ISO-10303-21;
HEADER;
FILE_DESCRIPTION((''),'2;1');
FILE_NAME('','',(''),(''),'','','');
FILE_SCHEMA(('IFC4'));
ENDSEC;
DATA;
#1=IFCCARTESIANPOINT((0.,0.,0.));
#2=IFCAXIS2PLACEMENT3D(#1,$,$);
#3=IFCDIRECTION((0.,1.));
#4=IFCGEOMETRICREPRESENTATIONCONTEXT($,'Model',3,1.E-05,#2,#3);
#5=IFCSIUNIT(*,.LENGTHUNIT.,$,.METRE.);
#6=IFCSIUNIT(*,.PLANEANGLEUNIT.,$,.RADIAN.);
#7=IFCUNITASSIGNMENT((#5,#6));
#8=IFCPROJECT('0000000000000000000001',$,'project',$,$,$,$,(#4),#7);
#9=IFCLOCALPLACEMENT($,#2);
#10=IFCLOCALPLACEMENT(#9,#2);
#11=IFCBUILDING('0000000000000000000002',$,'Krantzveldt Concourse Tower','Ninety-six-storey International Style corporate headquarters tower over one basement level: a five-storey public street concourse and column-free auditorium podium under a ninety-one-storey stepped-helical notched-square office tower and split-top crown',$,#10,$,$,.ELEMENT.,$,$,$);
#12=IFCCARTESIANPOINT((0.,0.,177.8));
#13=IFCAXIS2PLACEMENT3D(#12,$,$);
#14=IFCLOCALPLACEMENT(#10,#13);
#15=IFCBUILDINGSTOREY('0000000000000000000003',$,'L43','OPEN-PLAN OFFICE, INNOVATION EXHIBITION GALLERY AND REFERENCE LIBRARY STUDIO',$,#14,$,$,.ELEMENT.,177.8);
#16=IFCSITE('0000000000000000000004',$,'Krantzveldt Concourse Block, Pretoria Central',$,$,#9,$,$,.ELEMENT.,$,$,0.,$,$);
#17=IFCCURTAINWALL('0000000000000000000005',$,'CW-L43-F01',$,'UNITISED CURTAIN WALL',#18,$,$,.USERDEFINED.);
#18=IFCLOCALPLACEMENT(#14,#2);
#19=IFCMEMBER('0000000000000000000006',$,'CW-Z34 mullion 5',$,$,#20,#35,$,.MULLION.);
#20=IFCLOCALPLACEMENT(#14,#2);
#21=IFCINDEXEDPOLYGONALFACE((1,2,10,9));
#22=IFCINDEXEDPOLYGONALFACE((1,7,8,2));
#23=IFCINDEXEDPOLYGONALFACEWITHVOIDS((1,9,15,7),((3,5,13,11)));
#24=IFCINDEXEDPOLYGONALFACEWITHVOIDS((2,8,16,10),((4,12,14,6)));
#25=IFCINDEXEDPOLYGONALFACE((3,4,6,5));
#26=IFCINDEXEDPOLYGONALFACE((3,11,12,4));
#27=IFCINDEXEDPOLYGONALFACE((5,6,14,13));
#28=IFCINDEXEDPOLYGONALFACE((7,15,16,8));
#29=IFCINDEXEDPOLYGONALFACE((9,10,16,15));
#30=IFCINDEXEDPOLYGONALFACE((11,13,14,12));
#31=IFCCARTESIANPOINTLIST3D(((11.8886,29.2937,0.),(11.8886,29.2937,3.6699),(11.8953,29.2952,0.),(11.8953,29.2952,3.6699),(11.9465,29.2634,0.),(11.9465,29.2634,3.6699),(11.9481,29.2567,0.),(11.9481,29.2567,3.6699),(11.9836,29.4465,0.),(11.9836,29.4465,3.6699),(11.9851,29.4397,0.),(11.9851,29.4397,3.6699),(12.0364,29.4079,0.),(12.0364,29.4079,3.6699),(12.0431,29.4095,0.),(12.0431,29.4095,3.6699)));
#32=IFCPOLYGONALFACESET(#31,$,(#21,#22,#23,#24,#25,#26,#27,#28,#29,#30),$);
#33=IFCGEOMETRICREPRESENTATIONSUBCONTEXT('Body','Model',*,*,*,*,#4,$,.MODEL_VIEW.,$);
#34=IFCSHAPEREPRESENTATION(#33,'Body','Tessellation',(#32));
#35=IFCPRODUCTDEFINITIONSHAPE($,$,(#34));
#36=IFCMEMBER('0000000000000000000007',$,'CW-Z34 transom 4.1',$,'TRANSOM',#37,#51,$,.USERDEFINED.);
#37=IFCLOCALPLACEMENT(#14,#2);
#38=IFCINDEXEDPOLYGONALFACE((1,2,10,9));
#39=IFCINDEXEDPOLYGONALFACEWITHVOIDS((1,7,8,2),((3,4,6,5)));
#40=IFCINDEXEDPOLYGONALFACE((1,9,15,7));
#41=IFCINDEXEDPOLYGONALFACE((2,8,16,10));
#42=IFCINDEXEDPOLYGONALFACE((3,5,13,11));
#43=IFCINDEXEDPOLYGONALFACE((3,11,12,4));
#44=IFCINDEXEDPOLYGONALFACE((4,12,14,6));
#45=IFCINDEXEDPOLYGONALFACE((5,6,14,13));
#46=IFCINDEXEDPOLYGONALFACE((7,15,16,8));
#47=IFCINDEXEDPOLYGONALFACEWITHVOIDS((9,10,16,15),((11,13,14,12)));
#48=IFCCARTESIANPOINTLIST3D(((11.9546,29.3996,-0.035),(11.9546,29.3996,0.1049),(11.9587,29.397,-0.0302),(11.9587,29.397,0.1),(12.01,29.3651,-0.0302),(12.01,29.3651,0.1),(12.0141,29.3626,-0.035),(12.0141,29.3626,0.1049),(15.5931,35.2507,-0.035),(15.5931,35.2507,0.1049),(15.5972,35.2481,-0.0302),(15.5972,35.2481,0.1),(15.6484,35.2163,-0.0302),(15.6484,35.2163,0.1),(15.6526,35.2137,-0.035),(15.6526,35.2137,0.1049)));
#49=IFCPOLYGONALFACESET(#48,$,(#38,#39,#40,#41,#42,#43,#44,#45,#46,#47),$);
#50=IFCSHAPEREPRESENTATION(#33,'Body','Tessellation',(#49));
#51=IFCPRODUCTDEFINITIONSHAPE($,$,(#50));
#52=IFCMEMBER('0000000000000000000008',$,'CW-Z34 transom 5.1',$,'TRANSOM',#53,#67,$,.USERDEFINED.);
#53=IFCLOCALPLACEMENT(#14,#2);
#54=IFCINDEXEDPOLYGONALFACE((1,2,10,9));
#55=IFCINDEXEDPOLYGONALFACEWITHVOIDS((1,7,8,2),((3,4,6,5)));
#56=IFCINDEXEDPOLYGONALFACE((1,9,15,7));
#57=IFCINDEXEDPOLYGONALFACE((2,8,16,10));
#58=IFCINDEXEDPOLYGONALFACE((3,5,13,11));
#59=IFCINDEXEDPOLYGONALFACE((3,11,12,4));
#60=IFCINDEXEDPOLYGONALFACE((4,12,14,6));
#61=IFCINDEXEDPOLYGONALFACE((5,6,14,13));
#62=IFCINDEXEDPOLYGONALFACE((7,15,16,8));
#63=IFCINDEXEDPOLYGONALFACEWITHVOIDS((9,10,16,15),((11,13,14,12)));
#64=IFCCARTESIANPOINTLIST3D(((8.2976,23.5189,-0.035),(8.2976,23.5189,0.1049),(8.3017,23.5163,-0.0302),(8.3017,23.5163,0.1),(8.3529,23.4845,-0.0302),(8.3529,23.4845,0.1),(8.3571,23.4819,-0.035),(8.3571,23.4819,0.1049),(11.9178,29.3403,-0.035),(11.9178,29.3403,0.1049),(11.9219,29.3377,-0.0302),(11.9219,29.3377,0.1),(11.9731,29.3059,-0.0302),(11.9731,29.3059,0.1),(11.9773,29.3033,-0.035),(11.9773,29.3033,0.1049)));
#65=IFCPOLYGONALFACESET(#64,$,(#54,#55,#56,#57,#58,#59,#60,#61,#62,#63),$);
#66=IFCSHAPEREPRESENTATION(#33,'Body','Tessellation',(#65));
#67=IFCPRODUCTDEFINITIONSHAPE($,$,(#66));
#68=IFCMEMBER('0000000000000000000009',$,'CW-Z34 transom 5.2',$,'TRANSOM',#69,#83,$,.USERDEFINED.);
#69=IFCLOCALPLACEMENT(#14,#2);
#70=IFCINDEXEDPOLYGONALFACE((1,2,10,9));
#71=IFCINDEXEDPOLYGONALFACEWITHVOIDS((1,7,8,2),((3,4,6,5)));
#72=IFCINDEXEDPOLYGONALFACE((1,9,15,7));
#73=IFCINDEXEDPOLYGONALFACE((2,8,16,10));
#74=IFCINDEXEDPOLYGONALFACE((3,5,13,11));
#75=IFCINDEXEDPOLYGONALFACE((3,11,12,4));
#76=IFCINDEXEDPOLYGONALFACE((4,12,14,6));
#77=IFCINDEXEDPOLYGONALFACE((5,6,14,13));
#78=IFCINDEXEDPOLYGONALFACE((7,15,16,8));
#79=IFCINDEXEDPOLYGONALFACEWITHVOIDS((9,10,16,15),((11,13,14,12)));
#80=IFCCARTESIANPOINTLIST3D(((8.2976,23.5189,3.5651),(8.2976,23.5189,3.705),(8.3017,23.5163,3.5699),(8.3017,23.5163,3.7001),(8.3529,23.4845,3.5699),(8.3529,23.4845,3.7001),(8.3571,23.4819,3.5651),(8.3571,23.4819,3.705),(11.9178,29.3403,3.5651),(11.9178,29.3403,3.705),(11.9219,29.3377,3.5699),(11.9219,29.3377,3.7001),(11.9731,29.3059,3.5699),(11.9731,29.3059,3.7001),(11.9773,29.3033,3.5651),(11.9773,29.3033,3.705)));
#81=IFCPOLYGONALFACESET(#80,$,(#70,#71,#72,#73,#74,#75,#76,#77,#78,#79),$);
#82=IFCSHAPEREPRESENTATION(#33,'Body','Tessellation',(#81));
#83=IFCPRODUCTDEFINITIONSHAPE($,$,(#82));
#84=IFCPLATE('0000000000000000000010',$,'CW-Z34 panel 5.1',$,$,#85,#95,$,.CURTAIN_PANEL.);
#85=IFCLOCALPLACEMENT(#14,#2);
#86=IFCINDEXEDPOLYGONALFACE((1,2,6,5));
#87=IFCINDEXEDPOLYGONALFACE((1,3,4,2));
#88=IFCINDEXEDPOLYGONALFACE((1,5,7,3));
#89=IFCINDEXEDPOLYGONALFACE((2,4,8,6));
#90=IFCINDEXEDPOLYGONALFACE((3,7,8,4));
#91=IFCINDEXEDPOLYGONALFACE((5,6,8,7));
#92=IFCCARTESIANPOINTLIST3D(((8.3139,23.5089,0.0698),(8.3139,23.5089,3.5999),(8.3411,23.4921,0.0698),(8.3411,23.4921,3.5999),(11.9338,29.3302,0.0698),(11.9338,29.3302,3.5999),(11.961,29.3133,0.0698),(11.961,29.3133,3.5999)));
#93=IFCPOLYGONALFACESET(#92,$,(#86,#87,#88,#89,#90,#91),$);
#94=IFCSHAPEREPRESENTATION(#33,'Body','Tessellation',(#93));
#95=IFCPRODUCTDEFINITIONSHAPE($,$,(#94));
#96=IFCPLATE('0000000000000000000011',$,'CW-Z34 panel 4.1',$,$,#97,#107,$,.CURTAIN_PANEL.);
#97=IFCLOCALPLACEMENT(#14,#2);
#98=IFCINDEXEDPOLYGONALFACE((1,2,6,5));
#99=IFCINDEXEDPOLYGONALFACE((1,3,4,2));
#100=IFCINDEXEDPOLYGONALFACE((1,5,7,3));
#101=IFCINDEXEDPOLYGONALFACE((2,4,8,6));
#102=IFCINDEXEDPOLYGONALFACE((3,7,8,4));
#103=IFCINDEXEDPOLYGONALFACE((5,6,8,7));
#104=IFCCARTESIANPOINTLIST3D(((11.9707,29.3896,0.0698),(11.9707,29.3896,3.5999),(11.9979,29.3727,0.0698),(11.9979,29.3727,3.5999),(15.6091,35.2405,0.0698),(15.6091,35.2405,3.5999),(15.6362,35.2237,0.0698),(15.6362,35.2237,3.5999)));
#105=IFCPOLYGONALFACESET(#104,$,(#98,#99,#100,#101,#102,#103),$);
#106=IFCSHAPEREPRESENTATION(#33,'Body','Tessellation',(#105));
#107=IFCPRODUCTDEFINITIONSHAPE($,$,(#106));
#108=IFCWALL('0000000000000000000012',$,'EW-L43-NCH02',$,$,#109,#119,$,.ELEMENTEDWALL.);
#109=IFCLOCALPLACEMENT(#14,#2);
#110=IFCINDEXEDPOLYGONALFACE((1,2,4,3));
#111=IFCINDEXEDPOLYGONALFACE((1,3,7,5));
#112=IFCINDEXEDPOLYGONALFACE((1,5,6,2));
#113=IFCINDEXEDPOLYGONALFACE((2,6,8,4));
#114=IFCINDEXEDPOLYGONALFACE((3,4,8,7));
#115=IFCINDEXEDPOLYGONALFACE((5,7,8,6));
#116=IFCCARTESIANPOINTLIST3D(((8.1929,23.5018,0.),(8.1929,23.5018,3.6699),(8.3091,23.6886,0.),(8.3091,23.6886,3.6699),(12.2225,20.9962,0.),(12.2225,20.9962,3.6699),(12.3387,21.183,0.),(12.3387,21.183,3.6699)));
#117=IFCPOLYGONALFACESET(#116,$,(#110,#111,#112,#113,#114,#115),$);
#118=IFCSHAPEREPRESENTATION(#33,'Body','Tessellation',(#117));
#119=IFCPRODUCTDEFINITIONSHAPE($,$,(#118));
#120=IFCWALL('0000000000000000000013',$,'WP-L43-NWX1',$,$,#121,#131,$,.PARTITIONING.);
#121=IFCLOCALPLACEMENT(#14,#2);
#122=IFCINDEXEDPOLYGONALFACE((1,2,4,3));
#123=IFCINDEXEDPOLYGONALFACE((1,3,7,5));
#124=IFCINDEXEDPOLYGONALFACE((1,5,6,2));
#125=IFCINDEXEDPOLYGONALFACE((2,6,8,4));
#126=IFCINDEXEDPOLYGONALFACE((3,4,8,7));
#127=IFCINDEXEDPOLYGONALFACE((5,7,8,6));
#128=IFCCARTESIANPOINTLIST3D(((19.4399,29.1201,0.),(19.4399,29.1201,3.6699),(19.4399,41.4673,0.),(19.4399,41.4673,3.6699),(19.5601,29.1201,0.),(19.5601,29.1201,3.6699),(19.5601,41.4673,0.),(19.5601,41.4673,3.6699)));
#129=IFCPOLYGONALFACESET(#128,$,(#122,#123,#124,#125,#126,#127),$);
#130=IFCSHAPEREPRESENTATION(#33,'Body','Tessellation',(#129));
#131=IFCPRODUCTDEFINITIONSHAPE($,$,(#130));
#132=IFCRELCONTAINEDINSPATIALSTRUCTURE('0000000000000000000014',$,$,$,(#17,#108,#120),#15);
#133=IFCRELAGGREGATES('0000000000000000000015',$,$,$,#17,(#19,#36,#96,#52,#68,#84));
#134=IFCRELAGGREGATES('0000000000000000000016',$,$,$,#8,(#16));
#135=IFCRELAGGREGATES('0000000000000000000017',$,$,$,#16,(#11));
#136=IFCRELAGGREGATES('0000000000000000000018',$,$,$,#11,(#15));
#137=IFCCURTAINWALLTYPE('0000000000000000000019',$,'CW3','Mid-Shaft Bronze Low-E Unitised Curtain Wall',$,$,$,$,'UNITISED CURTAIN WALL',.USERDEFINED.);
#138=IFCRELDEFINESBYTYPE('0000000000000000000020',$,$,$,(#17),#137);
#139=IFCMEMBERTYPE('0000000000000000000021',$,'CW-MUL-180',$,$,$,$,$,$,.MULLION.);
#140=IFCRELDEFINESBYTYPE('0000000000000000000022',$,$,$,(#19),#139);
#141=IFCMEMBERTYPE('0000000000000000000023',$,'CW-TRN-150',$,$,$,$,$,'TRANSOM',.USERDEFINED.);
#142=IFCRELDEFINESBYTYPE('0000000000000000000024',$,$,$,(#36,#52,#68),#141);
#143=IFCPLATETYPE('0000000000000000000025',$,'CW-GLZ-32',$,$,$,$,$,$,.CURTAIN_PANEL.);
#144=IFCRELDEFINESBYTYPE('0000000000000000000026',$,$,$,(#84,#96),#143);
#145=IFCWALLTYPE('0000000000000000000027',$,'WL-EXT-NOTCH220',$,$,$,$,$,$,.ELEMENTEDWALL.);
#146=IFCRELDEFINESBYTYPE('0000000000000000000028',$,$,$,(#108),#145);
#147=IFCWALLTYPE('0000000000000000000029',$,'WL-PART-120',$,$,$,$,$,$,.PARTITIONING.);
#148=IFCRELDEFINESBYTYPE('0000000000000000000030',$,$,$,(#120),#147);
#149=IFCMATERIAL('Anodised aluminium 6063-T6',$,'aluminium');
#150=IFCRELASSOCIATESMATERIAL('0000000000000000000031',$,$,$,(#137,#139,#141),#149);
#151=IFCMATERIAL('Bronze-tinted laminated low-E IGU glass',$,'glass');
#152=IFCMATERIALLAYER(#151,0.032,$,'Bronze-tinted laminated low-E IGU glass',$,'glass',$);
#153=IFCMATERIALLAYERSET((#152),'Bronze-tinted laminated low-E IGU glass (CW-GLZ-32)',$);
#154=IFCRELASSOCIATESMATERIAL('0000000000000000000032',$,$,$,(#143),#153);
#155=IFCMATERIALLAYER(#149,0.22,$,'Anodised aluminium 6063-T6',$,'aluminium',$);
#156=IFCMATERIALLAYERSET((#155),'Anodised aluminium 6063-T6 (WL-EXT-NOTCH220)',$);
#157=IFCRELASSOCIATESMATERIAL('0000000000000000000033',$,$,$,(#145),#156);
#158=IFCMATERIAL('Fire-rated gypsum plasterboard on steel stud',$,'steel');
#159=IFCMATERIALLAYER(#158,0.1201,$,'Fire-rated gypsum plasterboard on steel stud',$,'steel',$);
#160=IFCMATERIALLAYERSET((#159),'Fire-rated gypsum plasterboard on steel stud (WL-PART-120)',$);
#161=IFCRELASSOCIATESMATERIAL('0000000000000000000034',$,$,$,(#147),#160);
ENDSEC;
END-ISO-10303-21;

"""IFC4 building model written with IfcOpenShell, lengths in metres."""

from ifc_helpers import new_model, si_unit, direction, frame, frame_2d, origin, origin_2d, place, context, subcontext, project, spatial, rectangle, hollow_rectangle, extrude, source, transform, mapped, material, layer, layer_set, material_profile, profile_set, type_object, type_shapes, element, aggregate, save


model = new_model("IFC4")

# Units and contexts
model_context = context("Model", 3, precision=1e-05, world=origin(), true_north=direction((0.0, 1.0)))
body_context = subcontext(model_context, "Body", "Model", "MODEL_VIEW")
ifc_project = project(units=[si_unit("LENGTHUNIT", "METRE"), si_unit("PLANEANGLEUNIT", "RADIAN")], contexts=[model_context])

# Site, building, storey
site_placement = place(None, origin())
site = spatial("IfcSite", under=ifc_project, at=site_placement, Name="Krantzveldt Concourse Block, Pretoria Central", CompositionType="ELEMENT", RefElevation=0.0)
building_placement = place(site_placement, origin())
building = spatial("IfcBuilding", under=site, at=building_placement, Name="Krantzveldt Concourse Tower", Description="Ninety-six-storey International Style corporate headquarters tower over one basement level: a five-storey public street concourse and column-free auditorium podium under a ninety-one-storey stepped-helical notched-square office tower and split-top crown", CompositionType="ELEMENT")
storey_placement = place(building_placement, frame((0.0, 0.0, 177.8)))
storey = spatial("IfcBuildingStorey", under=building, at=storey_placement, Name="L43", Description="OPEN-PLAN OFFICE, INNOVATION EXHIBITION GALLERY AND REFERENCE LIBRARY STUDIO", CompositionType="ELEMENT", Elevation=177.8)

# Curtain wall, members, plates
ifc_material_1 = material(Name="Anodised aluminium 6063-T6", Category="aluminium")
curtain_wall_type = type_object("IfcCurtainWallType", Name="CW3", Description="Mid-Shaft Bronze Low-E Unitised Curtain Wall", ElementType="UNITISED CURTAIN WALL", PredefinedType="USERDEFINED", material=ifc_material_1)
curtain_wall_placement = place(storey_placement, origin())
curtain_wall = element("IfcCurtainWall", 1, at=curtain_wall_placement, inside=storey, type_object=curtain_wall_type, Name="CW-L43-F01", ObjectType="UNITISED CURTAIN WALL", PredefinedType="USERDEFINED")
ifc_material_profile_1 = material_profile(ifc_material_1, hollow_rectangle(XDim=0.0701, YDim=0.1799, WallThickness=0.0049, at=origin_2d()), Name="Anodised aluminium 6063-T6", Category="aluminium")
ifc_profile_set_1 = profile_set([ifc_material_profile_1], Name="Anodised aluminium 6063-T6 - ALU-MULL 180x70x5")
member_type_1 = type_object("IfcMemberType", Name="CW-MUL-180", PredefinedType="MULLION", material=ifc_profile_set_1)
shared_shape_1 = source(origin(), body_context, "Body", "SweptSolid", [
    extrude(hollow_rectangle(XDim=0.0701, YDim=0.1799, WallThickness=0.0049, at=origin_2d()), origin(), (0.0, 0.0, 1.0), 3.6699),
])
type_shapes(member_type_1, [shared_shape_1])
member_1_placement = place(storey_placement, frame((11.9658, 29.3516, 0.0), z_axis=(0.0, 0.0, 1.0), x_axis=(0.849202, -0.528068, 0.0)))
member_1 = element("IfcMember", 2, at=member_1_placement, type_object=member_type_1, Name="CW-Z34 mullion 5", PredefinedType="MULLION", context=body_context, shape_type="MappedRepresentation", body=[
    mapped(shared_shape_1, transform((0.0, 0.0, 0.0), x_axis=(1.0, 0.0, 0.0), y_axis=(0.0, 1.0, 0.0), z_axis=(0.0, 0.0, 1.0), scale=1.0)),
])
ifc_material_profile_2 = material_profile(ifc_material_1, hollow_rectangle(XDim=0.0701, YDim=0.1399, WallThickness=0.0049, at=origin_2d()), Name="Anodised aluminium 6063-T6", Category="aluminium")
ifc_profile_set_2 = profile_set([ifc_material_profile_2], Name="Anodised aluminium 6063-T6 - ALU-TRAN 140x70x5")
member_type_2 = type_object("IfcMemberType", Name="CW-TRN-150", ElementType="TRANSOM", PredefinedType="USERDEFINED", material=ifc_profile_set_2)
shared_shape_2 = source(origin(), body_context, "Body", "SweptSolid", [
    extrude(hollow_rectangle(XDim=0.0701, YDim=0.1399, WallThickness=0.0049, at=origin_2d()), origin(), (0.0, 0.0, 1.0), 6.8901),
])
member_2_placement = place(storey_placement, frame((15.6228, 35.2322, 0.0349), z_axis=(-0.528067, -0.849202, 0.0), x_axis=(0.849202, -0.528067, 0.0)))
member_2 = element("IfcMember", 3, at=member_2_placement, type_object=member_type_2, Name="CW-Z34 transom 4.1", ObjectType="TRANSOM", PredefinedType="USERDEFINED", context=body_context, shape_type="MappedRepresentation", body=[
    mapped(shared_shape_2, transform((0.0, 0.0, 0.0), x_axis=(1.0, 0.0, 0.0), y_axis=(0.0, 1.0, 0.0), z_axis=(0.0, 0.0, 1.0), scale=1.0)),
])
shared_shape_3 = source(origin(), body_context, "Body", "SweptSolid", [
    extrude(hollow_rectangle(XDim=0.0701, YDim=0.1399, WallThickness=0.0049, at=origin_2d()), origin(), (0.0, 0.0, 1.0), 6.8552),
])
type_shapes(member_type_2, [shared_shape_2, shared_shape_3])
member_3_placement = place(storey_placement, frame((11.9475, 29.3218, 0.0349), z_axis=(-0.52809, -0.849189, 0.0), x_axis=(0.849189, -0.52809, 0.0)))
member_3 = element("IfcMember", 4, at=member_3_placement, type_object=member_type_2, Name="CW-Z34 transom 5.1", ObjectType="TRANSOM", PredefinedType="USERDEFINED", context=body_context, shape_type="MappedRepresentation", body=[
    mapped(shared_shape_3, transform((0.0, 0.0, 0.0), x_axis=(1.0, 0.0, 0.0), y_axis=(0.0, 1.0, 0.0), z_axis=(0.0, 0.0, 1.0), scale=1.0)),
])
member_4_placement = place(storey_placement, frame((11.9475, 29.3218, 3.635), z_axis=(-0.52809, -0.849189, 0.0), x_axis=(0.849189, -0.52809, 0.0)))
member_4 = element("IfcMember", 5, at=member_4_placement, type_object=member_type_2, Name="CW-Z34 transom 5.2", ObjectType="TRANSOM", PredefinedType="USERDEFINED", context=body_context, shape_type="MappedRepresentation", body=[
    mapped(shared_shape_3, transform((0.0, 0.0, 0.0), x_axis=(1.0, 0.0, 0.0), y_axis=(0.0, 1.0, 0.0), z_axis=(0.0, 0.0, 1.0), scale=1.0)),
])
ifc_material_2 = material(Name="Bronze-tinted laminated low-E IGU glass", Category="glass")
ifc_layer_1 = layer(ifc_material_2, 0.032, Name="Bronze-tinted laminated low-E IGU glass", Category="glass")
ifc_layer_set_1 = layer_set([ifc_layer_1], Name="Bronze-tinted laminated low-E IGU glass (CW-GLZ-32)")
plate_type = type_object("IfcPlateType", Name="CW-GLZ-32", PredefinedType="CURTAIN_PANEL", material=ifc_layer_set_1)
shared_shape_4 = source(origin(), body_context, "Body", "SweptSolid", [
    extrude(rectangle(XDim=6.855, YDim=0.032, at=origin_2d()), origin(), (0.0, 0.0, 1.0), 3.53),
])
plate_1_placement = place(storey_placement, frame((10.1375, 26.4111, 0.0698), z_axis=(0.0, 0.0, 1.0), x_axis=(-0.528068, -0.849202, 0.0)))
plate_1 = element("IfcPlate", 6, at=plate_1_placement, type_object=plate_type, Name="CW-Z34 panel 5.1", PredefinedType="CURTAIN_PANEL", context=body_context, shape_type="MappedRepresentation", body=[
    mapped(shared_shape_4, transform((0.0, 0.0, 0.0), x_axis=(1.0, 0.0, 0.0), y_axis=(0.0, 1.0, 0.0), z_axis=(0.0, 0.0, 1.0), scale=1.0)),
])
shared_shape_5 = source(origin(), body_context, "Body", "SweptSolid", [
    extrude(rectangle(XDim=6.8899, YDim=0.032, at=origin_2d()), origin(), (0.0, 0.0, 1.0), 3.53),
])
type_shapes(plate_type, [shared_shape_4, shared_shape_5])
plate_2_placement = place(storey_placement, frame((13.8035, 32.3066, 0.0698), z_axis=(0.0, 0.0, 1.0), x_axis=(-0.528068, -0.849202, 0.0)))
plate_2 = element("IfcPlate", 7, at=plate_2_placement, type_object=plate_type, Name="CW-Z34 panel 4.1", PredefinedType="CURTAIN_PANEL", context=body_context, shape_type="MappedRepresentation", body=[
    mapped(shared_shape_5, transform((0.0, 0.0, 0.0), x_axis=(1.0, 0.0, 0.0), y_axis=(0.0, 1.0, 0.0), z_axis=(0.0, 0.0, 1.0), scale=1.0)),
])
aggregate(curtain_wall, [member_1, member_2, plate_2, member_3, member_4, plate_1])

# Walls
ifc_layer_2 = layer(ifc_material_1, 0.22, Name="Anodised aluminium 6063-T6", Category="aluminium")
ifc_layer_set_2 = layer_set([ifc_layer_2], Name="Anodised aluminium 6063-T6 (WL-EXT-NOTCH220)")
wall_type_1 = type_object("IfcWallType", Name="WL-EXT-NOTCH220", PredefinedType="ELEMENTEDWALL", material=ifc_layer_set_2)
wall_1_placement = place(storey_placement, frame((8.251, 23.5952, 0.0), z_axis=(0.0, 0.0, 1.0), x_axis=(0.849213, -0.52805, 0.0)))
element("IfcWall", 8, at=wall_1_placement, inside=storey, type_object=wall_type_1, Name="EW-L43-NCH02", PredefinedType="ELEMENTEDWALL", context=body_context, shape_type="SweptSolid", body=[
    extrude(rectangle(XDim=4.7451, YDim=0.22, at=frame_2d((2.3726, 0.0))), origin(), (0.0, 0.0, 1.0), 3.6699),
])
ifc_material_3 = material(Name="Fire-rated gypsum plasterboard on steel stud", Category="steel")
ifc_layer_3 = layer(ifc_material_3, 0.1201, Name="Fire-rated gypsum plasterboard on steel stud", Category="steel")
ifc_layer_set_3 = layer_set([ifc_layer_3], Name="Fire-rated gypsum plasterboard on steel stud (WL-PART-120)")
wall_type_2 = type_object("IfcWallType", Name="WL-PART-120", PredefinedType="PARTITIONING", material=ifc_layer_set_3)
wall_2_placement = place(storey_placement, frame((19.5, 29.1201, 0.0), z_axis=(0.0, 0.0, 1.0), x_axis=(0.0, 1.0, 0.0)))
element("IfcWall", 9, at=wall_2_placement, inside=storey, type_object=wall_type_2, Name="WP-L43-NWX1", PredefinedType="PARTITIONING", context=body_context, shape_type="SweptSolid", body=[
    extrude(rectangle(XDim=12.3472, YDim=0.1201, at=frame_2d((6.1736, 0.0))), origin(), (0.0, 0.0, 1.0), 3.6699),
])

save(model, "model.ifc")
